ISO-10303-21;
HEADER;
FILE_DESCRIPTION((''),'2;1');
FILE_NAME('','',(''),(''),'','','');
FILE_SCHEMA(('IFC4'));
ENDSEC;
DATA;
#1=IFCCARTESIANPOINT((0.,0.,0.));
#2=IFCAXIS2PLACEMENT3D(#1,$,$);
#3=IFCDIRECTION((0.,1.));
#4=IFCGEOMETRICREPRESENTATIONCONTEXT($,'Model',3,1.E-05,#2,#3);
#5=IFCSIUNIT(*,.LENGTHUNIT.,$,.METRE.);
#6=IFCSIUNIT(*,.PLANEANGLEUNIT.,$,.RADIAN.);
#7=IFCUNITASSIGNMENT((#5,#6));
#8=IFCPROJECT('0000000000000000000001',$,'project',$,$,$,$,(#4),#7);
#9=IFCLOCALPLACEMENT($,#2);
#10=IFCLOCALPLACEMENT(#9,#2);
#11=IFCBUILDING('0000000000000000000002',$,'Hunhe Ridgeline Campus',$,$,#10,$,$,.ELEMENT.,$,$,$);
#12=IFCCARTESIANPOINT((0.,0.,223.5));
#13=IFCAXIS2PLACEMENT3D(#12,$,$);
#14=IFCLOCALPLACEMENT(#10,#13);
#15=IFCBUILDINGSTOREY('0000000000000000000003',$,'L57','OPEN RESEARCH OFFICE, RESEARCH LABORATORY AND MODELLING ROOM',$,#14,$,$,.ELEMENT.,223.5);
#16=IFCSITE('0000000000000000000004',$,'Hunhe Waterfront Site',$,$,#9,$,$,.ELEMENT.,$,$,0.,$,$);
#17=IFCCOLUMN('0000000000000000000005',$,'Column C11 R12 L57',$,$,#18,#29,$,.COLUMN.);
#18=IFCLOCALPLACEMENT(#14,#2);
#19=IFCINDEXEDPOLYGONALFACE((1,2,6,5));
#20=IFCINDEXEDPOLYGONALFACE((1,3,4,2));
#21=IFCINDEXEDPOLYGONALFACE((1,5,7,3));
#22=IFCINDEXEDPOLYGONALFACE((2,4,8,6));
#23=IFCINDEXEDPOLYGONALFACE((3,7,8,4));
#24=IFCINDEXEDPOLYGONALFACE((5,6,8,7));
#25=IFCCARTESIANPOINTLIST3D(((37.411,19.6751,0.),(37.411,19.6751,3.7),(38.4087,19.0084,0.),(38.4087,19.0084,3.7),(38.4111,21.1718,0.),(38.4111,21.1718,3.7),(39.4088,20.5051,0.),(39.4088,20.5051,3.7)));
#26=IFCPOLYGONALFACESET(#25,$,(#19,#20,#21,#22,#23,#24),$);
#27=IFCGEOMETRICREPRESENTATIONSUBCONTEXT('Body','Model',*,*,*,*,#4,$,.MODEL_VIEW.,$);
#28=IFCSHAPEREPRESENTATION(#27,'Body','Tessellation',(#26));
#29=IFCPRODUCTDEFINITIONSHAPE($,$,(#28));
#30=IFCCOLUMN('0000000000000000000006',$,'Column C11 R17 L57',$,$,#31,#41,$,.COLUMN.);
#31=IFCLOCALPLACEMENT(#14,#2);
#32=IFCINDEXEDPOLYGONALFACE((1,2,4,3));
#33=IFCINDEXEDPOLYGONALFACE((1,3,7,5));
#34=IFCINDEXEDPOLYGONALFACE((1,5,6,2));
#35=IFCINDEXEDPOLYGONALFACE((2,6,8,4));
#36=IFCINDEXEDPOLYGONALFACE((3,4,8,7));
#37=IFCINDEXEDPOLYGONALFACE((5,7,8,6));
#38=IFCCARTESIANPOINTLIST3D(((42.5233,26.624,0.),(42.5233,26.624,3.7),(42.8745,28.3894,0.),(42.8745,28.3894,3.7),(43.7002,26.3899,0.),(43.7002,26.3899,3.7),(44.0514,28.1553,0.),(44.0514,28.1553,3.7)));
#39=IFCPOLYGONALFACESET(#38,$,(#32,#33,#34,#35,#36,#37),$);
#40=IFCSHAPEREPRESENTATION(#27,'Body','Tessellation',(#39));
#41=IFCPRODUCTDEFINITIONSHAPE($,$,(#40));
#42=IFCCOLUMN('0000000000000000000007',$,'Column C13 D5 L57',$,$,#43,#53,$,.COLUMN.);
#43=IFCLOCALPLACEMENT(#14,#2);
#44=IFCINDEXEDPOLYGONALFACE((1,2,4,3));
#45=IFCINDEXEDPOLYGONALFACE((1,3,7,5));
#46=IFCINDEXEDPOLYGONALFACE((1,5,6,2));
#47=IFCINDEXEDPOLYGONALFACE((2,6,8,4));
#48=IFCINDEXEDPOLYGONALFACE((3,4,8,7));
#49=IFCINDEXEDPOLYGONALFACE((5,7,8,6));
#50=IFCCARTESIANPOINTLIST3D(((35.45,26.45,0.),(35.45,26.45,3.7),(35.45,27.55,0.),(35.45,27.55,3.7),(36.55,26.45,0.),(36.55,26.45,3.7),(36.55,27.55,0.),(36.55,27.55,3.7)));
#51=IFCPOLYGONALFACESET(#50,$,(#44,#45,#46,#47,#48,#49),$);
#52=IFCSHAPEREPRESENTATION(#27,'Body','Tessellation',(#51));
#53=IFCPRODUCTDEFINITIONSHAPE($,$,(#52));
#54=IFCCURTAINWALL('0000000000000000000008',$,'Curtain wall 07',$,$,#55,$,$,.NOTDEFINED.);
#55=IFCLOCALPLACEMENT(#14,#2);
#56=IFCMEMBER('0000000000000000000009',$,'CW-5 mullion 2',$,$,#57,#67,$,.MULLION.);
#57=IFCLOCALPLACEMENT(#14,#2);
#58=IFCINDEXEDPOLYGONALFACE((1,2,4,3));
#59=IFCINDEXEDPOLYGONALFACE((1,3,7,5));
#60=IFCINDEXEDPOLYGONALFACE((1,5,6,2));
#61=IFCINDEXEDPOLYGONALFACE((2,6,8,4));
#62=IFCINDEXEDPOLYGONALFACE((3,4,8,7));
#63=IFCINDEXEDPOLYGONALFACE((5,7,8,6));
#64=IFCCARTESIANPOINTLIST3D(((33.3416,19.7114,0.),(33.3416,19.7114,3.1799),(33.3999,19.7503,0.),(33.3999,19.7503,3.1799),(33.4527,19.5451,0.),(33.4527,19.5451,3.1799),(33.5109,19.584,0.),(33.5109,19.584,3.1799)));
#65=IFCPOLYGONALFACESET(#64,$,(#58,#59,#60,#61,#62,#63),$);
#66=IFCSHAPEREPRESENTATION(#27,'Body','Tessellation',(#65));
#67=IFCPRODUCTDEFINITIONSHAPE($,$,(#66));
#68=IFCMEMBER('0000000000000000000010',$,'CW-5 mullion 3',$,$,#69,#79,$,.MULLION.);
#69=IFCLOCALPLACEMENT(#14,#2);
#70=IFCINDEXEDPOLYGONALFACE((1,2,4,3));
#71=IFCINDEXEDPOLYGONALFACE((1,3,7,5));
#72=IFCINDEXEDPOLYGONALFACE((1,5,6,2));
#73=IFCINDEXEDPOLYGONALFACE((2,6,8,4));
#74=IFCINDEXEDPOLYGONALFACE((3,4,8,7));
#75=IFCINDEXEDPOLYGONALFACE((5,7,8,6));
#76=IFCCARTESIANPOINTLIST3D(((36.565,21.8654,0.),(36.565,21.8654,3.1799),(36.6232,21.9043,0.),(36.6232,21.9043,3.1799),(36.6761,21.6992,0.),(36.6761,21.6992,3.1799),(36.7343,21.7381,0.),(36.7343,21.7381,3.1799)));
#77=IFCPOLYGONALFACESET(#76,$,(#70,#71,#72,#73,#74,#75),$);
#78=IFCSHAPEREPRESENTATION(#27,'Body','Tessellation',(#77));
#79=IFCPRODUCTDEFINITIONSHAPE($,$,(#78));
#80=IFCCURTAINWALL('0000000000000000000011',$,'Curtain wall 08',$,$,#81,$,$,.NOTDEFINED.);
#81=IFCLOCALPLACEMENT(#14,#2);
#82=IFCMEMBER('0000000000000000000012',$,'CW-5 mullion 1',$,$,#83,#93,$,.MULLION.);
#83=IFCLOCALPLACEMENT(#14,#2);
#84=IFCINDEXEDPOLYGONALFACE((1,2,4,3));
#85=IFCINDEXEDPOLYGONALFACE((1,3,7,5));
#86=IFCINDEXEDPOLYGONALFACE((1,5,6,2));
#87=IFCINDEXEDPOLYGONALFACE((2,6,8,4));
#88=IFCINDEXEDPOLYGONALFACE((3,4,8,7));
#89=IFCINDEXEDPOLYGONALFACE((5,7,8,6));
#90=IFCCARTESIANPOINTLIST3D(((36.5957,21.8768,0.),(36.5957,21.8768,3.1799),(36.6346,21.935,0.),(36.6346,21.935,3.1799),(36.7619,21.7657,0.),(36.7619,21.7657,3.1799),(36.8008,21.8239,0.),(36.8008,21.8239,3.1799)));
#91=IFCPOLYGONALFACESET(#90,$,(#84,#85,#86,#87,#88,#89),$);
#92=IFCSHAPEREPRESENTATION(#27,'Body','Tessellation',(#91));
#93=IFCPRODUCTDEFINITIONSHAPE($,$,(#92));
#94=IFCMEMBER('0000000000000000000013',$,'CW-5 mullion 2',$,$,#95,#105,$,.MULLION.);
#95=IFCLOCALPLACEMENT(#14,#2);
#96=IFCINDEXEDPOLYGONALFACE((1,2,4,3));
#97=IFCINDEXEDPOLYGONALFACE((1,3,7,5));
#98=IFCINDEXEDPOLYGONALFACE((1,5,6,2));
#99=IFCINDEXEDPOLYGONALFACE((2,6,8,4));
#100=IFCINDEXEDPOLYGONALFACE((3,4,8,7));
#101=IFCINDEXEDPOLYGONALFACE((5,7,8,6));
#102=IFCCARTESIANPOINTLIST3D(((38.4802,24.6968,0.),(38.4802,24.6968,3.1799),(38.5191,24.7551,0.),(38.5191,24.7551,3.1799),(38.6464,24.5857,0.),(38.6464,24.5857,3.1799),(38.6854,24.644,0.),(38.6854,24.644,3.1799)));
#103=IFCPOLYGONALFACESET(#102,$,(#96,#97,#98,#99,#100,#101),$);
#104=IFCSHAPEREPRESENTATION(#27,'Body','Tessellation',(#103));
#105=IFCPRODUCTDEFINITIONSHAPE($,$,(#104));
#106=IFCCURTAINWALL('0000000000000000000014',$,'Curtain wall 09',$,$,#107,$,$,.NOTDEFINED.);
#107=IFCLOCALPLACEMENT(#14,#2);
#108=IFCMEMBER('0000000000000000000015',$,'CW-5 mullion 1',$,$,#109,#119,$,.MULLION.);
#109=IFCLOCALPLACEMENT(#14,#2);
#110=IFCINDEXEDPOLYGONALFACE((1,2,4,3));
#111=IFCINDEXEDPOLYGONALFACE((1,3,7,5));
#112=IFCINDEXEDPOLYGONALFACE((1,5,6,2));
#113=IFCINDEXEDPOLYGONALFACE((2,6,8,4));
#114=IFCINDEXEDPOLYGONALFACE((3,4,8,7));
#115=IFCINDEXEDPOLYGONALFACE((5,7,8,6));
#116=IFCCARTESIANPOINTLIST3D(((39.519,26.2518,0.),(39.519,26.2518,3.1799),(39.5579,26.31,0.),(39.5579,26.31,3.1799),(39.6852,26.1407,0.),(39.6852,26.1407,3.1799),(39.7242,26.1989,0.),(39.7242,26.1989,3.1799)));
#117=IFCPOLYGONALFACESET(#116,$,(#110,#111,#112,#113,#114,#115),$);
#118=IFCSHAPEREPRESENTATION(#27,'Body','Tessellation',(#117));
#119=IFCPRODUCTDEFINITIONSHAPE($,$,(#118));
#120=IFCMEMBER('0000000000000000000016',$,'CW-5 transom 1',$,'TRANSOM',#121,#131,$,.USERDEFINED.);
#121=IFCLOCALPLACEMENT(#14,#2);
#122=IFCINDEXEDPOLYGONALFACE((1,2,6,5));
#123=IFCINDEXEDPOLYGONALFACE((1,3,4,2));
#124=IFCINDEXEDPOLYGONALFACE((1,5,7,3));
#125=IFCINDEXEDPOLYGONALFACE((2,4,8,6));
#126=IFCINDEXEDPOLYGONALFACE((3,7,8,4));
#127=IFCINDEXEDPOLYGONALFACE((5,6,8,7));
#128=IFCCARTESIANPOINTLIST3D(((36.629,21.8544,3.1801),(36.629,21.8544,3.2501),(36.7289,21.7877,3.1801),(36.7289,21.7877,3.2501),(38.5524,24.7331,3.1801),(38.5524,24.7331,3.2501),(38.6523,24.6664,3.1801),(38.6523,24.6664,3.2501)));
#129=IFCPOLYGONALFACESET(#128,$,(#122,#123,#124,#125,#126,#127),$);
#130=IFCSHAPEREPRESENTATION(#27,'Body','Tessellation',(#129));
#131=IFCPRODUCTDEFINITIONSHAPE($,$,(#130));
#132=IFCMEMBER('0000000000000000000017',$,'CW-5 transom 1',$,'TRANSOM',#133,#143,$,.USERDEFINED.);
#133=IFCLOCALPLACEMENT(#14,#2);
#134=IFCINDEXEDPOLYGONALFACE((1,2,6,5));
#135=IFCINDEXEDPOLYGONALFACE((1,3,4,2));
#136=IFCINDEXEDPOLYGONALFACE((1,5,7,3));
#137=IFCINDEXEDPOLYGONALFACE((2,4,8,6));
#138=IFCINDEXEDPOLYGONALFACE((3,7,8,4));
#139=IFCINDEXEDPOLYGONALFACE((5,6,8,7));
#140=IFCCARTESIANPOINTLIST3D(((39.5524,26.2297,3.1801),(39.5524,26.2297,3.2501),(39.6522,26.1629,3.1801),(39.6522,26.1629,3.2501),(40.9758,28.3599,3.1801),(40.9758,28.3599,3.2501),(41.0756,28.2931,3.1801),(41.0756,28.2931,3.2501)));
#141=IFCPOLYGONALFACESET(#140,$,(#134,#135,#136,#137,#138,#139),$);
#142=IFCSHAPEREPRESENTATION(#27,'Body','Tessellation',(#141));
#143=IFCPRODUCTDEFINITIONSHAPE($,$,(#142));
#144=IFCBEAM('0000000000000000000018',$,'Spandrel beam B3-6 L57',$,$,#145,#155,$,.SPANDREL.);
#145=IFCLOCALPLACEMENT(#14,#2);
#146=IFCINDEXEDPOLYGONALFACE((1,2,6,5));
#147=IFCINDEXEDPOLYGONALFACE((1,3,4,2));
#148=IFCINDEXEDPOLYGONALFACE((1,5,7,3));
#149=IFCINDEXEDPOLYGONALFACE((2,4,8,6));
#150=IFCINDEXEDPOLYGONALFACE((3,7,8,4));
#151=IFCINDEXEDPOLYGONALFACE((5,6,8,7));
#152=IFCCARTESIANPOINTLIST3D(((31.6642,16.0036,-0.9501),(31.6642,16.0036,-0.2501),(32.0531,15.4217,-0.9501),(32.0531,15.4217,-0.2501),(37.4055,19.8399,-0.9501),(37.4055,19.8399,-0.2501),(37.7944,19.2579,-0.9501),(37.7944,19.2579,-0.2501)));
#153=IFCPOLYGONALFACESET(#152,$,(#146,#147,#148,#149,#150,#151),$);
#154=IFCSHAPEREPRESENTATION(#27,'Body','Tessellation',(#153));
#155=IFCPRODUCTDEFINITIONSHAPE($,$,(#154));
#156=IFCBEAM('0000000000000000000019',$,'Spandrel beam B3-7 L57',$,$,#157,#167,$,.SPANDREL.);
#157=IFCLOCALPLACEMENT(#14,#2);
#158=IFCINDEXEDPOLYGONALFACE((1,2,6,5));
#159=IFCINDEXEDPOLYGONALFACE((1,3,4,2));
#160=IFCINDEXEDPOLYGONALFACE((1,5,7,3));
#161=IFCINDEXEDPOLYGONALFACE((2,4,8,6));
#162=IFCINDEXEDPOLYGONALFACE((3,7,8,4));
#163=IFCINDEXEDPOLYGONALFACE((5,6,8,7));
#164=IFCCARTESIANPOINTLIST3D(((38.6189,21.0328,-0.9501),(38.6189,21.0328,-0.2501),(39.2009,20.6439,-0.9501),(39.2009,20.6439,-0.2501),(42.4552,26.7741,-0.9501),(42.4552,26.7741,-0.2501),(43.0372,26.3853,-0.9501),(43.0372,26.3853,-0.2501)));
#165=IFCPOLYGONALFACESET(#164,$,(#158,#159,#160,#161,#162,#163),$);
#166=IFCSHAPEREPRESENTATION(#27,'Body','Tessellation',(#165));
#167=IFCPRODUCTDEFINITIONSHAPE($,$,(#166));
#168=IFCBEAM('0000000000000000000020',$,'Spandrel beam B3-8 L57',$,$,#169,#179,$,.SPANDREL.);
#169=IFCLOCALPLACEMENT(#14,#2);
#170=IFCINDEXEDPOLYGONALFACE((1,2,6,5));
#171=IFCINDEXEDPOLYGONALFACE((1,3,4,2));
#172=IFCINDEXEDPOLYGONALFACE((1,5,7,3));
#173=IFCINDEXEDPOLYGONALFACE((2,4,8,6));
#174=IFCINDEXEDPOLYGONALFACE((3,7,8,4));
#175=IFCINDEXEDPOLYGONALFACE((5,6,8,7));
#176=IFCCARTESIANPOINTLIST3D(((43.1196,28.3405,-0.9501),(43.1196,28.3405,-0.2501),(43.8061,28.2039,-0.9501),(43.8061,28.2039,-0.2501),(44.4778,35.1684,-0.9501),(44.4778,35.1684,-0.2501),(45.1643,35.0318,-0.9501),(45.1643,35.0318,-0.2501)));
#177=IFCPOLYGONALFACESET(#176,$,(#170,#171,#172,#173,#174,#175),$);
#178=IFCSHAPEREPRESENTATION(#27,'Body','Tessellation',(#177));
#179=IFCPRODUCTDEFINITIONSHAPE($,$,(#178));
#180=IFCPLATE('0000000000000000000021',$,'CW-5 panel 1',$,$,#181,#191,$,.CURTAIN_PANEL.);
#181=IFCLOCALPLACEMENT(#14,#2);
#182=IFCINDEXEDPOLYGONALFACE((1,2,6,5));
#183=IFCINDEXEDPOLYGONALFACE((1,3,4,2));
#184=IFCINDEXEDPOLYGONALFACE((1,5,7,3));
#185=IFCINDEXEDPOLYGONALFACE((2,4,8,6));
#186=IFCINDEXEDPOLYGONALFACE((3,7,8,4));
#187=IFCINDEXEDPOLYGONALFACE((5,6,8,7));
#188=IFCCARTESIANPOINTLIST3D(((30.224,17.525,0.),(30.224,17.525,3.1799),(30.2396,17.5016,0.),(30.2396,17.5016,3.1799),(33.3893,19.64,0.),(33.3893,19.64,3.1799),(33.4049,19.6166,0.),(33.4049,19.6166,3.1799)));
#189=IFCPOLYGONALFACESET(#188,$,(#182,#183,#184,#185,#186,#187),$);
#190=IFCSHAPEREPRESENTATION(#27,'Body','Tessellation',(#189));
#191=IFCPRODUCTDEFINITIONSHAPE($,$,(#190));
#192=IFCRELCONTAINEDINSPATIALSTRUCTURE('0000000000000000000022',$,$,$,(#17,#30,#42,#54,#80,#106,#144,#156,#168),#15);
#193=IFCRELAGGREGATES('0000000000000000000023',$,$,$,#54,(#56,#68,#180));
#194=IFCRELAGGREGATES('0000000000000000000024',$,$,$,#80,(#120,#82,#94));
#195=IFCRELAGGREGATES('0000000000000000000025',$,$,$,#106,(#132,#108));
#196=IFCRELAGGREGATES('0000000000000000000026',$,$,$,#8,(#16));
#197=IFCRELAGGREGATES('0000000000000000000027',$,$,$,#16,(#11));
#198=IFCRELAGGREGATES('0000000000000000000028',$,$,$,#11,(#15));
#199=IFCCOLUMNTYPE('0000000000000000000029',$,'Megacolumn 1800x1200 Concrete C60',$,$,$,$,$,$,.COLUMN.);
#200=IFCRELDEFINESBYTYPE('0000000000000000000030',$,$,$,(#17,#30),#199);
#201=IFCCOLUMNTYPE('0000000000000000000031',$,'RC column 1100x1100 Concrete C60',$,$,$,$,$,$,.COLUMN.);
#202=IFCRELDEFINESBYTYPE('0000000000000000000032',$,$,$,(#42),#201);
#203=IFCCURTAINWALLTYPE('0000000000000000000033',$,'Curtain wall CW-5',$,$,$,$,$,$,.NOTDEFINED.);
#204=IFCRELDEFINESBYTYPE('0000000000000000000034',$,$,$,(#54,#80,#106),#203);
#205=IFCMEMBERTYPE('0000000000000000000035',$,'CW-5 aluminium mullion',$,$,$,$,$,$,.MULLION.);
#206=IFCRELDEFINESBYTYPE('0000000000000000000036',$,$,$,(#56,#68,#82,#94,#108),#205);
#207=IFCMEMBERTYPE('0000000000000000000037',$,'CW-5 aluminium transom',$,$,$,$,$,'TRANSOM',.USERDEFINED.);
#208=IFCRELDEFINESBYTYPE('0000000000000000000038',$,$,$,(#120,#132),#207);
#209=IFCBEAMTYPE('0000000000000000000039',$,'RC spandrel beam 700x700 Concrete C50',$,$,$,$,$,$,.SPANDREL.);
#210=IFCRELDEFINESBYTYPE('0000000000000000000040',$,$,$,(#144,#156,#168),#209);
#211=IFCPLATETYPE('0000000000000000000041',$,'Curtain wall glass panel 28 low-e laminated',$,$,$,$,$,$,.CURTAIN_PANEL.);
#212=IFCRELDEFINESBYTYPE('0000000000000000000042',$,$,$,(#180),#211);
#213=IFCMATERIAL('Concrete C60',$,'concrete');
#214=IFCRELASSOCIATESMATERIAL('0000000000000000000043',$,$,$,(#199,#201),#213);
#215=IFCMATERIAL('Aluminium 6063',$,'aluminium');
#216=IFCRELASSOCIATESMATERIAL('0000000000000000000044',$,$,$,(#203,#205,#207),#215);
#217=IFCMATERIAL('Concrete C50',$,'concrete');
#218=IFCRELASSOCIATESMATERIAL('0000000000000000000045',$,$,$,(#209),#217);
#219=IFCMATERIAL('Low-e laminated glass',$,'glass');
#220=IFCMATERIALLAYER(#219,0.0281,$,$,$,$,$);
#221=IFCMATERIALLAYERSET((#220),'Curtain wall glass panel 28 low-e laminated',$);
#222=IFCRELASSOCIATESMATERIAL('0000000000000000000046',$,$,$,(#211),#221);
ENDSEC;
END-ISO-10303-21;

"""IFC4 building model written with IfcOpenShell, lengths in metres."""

from ifc_helpers import new_model, si_unit, direction, frame, origin, origin_2d, place, context, subcontext, project, spatial, rectangle, extrude, material, layer, layer_set, material_profile, profile_set, type_object, element, aggregate, save


model = new_model("IFC4")

# Units and contexts
model_context = context("Model", 3, precision=1e-05, world=origin(), true_north=direction((0.0, 1.0)))
body_context = subcontext(model_context, "Body", "Model", "MODEL_VIEW")
ifc_project = project(units=[si_unit("LENGTHUNIT", "METRE"), si_unit("PLANEANGLEUNIT", "RADIAN")], contexts=[model_context])

# Site, building, storey
site_placement = place(None, origin())
site = spatial("IfcSite", under=ifc_project, at=site_placement, Name="Hunhe Waterfront Site", CompositionType="ELEMENT", RefElevation=0.0)
building_placement = place(site_placement, origin())
building = spatial("IfcBuilding", under=site, at=building_placement, Name="Hunhe Ridgeline Campus", CompositionType="ELEMENT")
storey_placement = place(building_placement, frame((0.0, 0.0, 223.5)))
storey = spatial("IfcBuildingStorey", under=building, at=storey_placement, Name="L57", Description="OPEN RESEARCH OFFICE, RESEARCH LABORATORY AND MODELLING ROOM", CompositionType="ELEMENT", Elevation=223.5)

# Columns
ifc_material_1 = material(Name="Concrete C60", Category="concrete")
ifc_material_profile_1 = material_profile(ifc_material_1, rectangle(XDim=1.8, YDim=1.2, at=origin_2d()))
ifc_profile_set_1 = profile_set([ifc_material_profile_1], Name="Concrete C60")
column_type_1 = type_object("IfcColumnType", Name="Megacolumn 1800x1200 Concrete C60", PredefinedType="COLUMN", material=ifc_profile_set_1)
for number, where, z_axis, x_axis, name in (
    (1, (38.4099, 20.0901, 0.0), (0.0, 0.0, 1.0), (0.55557, 0.83147, 0.0), "Column C11 R12 L57"),
    (2, (43.2874, 27.3896, 0.0), (0.0, 0.0, 1.0), (0.19509, 0.980785, 0.0), "Column C11 R17 L57"),
):
    element("IfcColumn", number, at=place(storey_placement, frame(where, z_axis=z_axis, x_axis=x_axis)), inside=storey, type_object=column_type_1, Name=name, PredefinedType="COLUMN", context=body_context, shape_type="SweptSolid", body=[
        extrude(rectangle(XDim=1.8, YDim=1.2, at=origin_2d()), origin(), (0.0, 0.0, 1.0), 3.7),
    ])
ifc_material_profile_2 = material_profile(ifc_material_1, rectangle(XDim=1.1001, YDim=1.1001, at=origin_2d()))
ifc_profile_set_2 = profile_set([ifc_material_profile_2], Name="Concrete C60")
column_type_2 = type_object("IfcColumnType", Name="RC column 1100x1100 Concrete C60", PredefinedType="COLUMN", material=ifc_profile_set_2)
column_placement = place(storey_placement, frame((36.0, 27.0, 0.0), z_axis=(0.0, 0.0, 1.0), x_axis=(1.0, 0.0, 0.0)))
element("IfcColumn", 3, at=column_placement, inside=storey, type_object=column_type_2, Name="Column C13 D5 L57", PredefinedType="COLUMN", context=body_context, shape_type="SweptSolid", body=[
    extrude(rectangle(XDim=1.1001, YDim=1.1001, at=origin_2d()), origin(), (0.0, 0.0, 1.0), 3.7),
])

# Curtain walls, members
ifc_material_2 = material(Name="Aluminium 6063", Category="aluminium")
curtain_wall_type = type_object("IfcCurtainWallType", Name="Curtain wall CW-5", PredefinedType="NOTDEFINED", material=ifc_material_2)
curtain_wall_1_placement = place(storey_placement, origin())
curtain_wall_1 = element("IfcCurtainWall", 4, at=curtain_wall_1_placement, inside=storey, type_object=curtain_wall_type, Name="Curtain wall 07", PredefinedType="NOTDEFINED")
ifc_material_profile_3 = material_profile(ifc_material_2, rectangle(XDim=0.2, YDim=0.0701, at=origin_2d()))
ifc_profile_set_3 = profile_set([ifc_material_profile_3], Name="Aluminium 6063")
member_type_1 = type_object("IfcMemberType", Name="CW-5 aluminium mullion", PredefinedType="MULLION", material=ifc_profile_set_3)
member_1_placement = place(storey_placement, frame((33.4263, 19.6477, 0.0), z_axis=(0.0, 0.0, 1.0), x_axis=(-0.55557, 0.83147, 0.0)))
member_1 = element("IfcMember", 5, at=member_1_placement, type_object=member_type_1, Name="CW-5 mullion 2", PredefinedType="MULLION", context=body_context, shape_type="SweptSolid", body=[
    extrude(rectangle(XDim=0.2, YDim=0.0701, at=origin_2d()), origin(), (0.0, 0.0, 1.0), 3.1799),
])
member_2_placement = place(storey_placement, frame((36.6497, 21.8018, 0.0), z_axis=(0.0, 0.0, 1.0), x_axis=(-0.55557, 0.83147, 0.0)))
member_2 = element("IfcMember", 6, at=member_2_placement, type_object=member_type_1, Name="CW-5 mullion 3", PredefinedType="MULLION", context=body_context, shape_type="SweptSolid", body=[
    extrude(rectangle(XDim=0.2, YDim=0.0701, at=origin_2d()), origin(), (0.0, 0.0, 1.0), 3.1799),
])
curtain_wall_2_placement = place(storey_placement, origin())
curtain_wall_2 = element("IfcCurtainWall", 7, at=curtain_wall_2_placement, inside=storey, type_object=curtain_wall_type, Name="Curtain wall 08", PredefinedType="NOTDEFINED")
member_3_placement = place(storey_placement, frame((36.6982, 21.8503, 0.0), z_axis=(0.0, 0.0, 1.0), x_axis=(-0.83147, 0.55557, 0.0)))
member_3 = element("IfcMember", 8, at=member_3_placement, type_object=member_type_1, Name="CW-5 mullion 1", PredefinedType="MULLION", context=body_context, shape_type="SweptSolid", body=[
    extrude(rectangle(XDim=0.2, YDim=0.0701, at=origin_2d()), origin(), (0.0, 0.0, 1.0), 3.1799),
])
member_4_placement = place(storey_placement, frame((38.5828, 24.6704, 0.0), z_axis=(0.0, 0.0, 1.0), x_axis=(-0.83147, 0.55557, 0.0)))
member_4 = element("IfcMember", 9, at=member_4_placement, type_object=member_type_1, Name="CW-5 mullion 2", PredefinedType="MULLION", context=body_context, shape_type="SweptSolid", body=[
    extrude(rectangle(XDim=0.2, YDim=0.0701, at=origin_2d()), origin(), (0.0, 0.0, 1.0), 3.1799),
])

# Curtain wall, member
curtain_wall_3_placement = place(storey_placement, origin())
curtain_wall_3 = element("IfcCurtainWall", 10, at=curtain_wall_3_placement, inside=storey, type_object=curtain_wall_type, Name="Curtain wall 09", PredefinedType="NOTDEFINED")
member_5_placement = place(storey_placement, frame((39.6216, 26.2253, 0.0), z_axis=(0.0, 0.0, 1.0), x_axis=(-0.83147, 0.55557, 0.0)))
member_5 = element("IfcMember", 11, at=member_5_placement, type_object=member_type_1, Name="CW-5 mullion 1", PredefinedType="MULLION", context=body_context, shape_type="SweptSolid", body=[
    extrude(rectangle(XDim=0.2, YDim=0.0701, at=origin_2d()), origin(), (0.0, 0.0, 1.0), 3.1799),
])

# Members
ifc_material_profile_4 = material_profile(ifc_material_2, rectangle(XDim=0.1201, YDim=0.0701, at=origin_2d()))
ifc_profile_set_4 = profile_set([ifc_material_profile_4], Name="Aluminium 6063")
member_type_2 = type_object("IfcMemberType", Name="CW-5 aluminium transom", ElementType="TRANSOM", PredefinedType="USERDEFINED", material=ifc_profile_set_4)
member_6_placement = place(storey_placement, frame((36.679, 21.821, 3.2151), z_axis=(0.555546, 0.831486, 0.0), x_axis=(-0.831486, 0.555546, 0.0)))
member_6 = element("IfcMember", 12, at=member_6_placement, type_object=member_type_2, Name="CW-5 transom 1", ObjectType="TRANSOM", PredefinedType="USERDEFINED", context=body_context, shape_type="SweptSolid", body=[
    extrude(rectangle(XDim=0.1201, YDim=0.0701, at=origin_2d()), origin(), (0.0, 0.0, 1.0), 3.4622),
])
member_7_placement = place(storey_placement, frame((39.6023, 26.1963, 3.2151), z_axis=(0.55558, 0.831463, 0.0), x_axis=(-0.831463, 0.55558, 0.0)))
member_7 = element("IfcMember", 13, at=member_7_placement, type_object=member_type_2, Name="CW-5 transom 1", ObjectType="TRANSOM", PredefinedType="USERDEFINED", context=body_context, shape_type="SweptSolid", body=[
    extrude(rectangle(XDim=0.1201, YDim=0.0701, at=origin_2d()), origin(), (0.0, 0.0, 1.0), 2.562),
])

# Beams
ifc_material_3 = material(Name="Concrete C50", Category="concrete")
ifc_material_profile_5 = material_profile(ifc_material_3, rectangle(XDim=0.7, YDim=0.7, at=origin_2d()))
ifc_profile_set_5 = profile_set([ifc_material_profile_5], Name="Concrete C50")
beam_type = type_object("IfcBeamType", Name="RC spandrel beam 700x700 Concrete C50", PredefinedType="SPANDREL", material=ifc_profile_set_5)
for number, where, z_axis, x_axis, name in (
    (14, (31.8586, 15.7126, -0.6001), (0.831468, 0.555573, 0.0), (-0.555573, 0.831468, 0.0), "Spandrel beam B3-6 L57"),
    (15, (38.9099, 20.8384, -0.6001), (0.555573, 0.831468, 0.0), (-0.831468, 0.555573, 0.0), "Spandrel beam B3-7 L57"),
):
    element("IfcBeam", number, at=place(storey_placement, frame(where, z_axis=z_axis, x_axis=x_axis)), inside=storey, type_object=beam_type, Name=name, PredefinedType="SPANDREL", context=body_context, shape_type="SweptSolid", body=[
        extrude(rectangle(XDim=0.7, YDim=0.7, at=origin_2d()), origin(), (0.0, 0.0, 1.0), 6.905),
    ])
beam_placement = place(storey_placement, frame((43.4629, 28.2722, -0.6001), z_axis=(0.195091, 0.980785, 0.0), x_axis=(-0.980785, 0.195091, 0.0)))
element("IfcBeam", 16, at=beam_placement, inside=storey, type_object=beam_type, Name="Spandrel beam B3-8 L57", PredefinedType="SPANDREL", context=body_context, shape_type="SweptSolid", body=[
    extrude(rectangle(XDim=0.7, YDim=0.7, at=origin_2d()), origin(), (0.0, 0.0, 1.0), 6.9617),
])

# Plate
ifc_material_4 = material(Name="Low-e laminated glass", Category="glass")
ifc_layer_1 = layer(ifc_material_4, 0.0281)
ifc_layer_set_1 = layer_set([ifc_layer_1], Name="Curtain wall glass panel 28 low-e laminated")
plate_type = type_object("IfcPlateType", Name="Curtain wall glass panel 28 low-e laminated", PredefinedType="CURTAIN_PANEL", material=ifc_layer_set_1)
plate_1_placement = place(storey_placement, frame((31.8145, 18.5708, 0.0), z_axis=(0.0, 0.0, 1.0), x_axis=(0.83147, 0.55557, 0.0)))
plate_1 = element("IfcPlate", 17, at=plate_1_placement, type_object=plate_type, Name="CW-5 panel 1", PredefinedType="CURTAIN_PANEL", context=body_context, shape_type="SweptSolid", body=[
    extrude(rectangle(XDim=3.8069, YDim=0.0281, at=origin_2d()), origin(), (0.0, 0.0, 1.0), 3.1799),
])
aggregate(curtain_wall_1, [member_1, member_2, plate_1])
aggregate(curtain_wall_2, [member_6, member_3, member_4])
aggregate(curtain_wall_3, [member_7, member_5])

save(model, "model.ifc")
